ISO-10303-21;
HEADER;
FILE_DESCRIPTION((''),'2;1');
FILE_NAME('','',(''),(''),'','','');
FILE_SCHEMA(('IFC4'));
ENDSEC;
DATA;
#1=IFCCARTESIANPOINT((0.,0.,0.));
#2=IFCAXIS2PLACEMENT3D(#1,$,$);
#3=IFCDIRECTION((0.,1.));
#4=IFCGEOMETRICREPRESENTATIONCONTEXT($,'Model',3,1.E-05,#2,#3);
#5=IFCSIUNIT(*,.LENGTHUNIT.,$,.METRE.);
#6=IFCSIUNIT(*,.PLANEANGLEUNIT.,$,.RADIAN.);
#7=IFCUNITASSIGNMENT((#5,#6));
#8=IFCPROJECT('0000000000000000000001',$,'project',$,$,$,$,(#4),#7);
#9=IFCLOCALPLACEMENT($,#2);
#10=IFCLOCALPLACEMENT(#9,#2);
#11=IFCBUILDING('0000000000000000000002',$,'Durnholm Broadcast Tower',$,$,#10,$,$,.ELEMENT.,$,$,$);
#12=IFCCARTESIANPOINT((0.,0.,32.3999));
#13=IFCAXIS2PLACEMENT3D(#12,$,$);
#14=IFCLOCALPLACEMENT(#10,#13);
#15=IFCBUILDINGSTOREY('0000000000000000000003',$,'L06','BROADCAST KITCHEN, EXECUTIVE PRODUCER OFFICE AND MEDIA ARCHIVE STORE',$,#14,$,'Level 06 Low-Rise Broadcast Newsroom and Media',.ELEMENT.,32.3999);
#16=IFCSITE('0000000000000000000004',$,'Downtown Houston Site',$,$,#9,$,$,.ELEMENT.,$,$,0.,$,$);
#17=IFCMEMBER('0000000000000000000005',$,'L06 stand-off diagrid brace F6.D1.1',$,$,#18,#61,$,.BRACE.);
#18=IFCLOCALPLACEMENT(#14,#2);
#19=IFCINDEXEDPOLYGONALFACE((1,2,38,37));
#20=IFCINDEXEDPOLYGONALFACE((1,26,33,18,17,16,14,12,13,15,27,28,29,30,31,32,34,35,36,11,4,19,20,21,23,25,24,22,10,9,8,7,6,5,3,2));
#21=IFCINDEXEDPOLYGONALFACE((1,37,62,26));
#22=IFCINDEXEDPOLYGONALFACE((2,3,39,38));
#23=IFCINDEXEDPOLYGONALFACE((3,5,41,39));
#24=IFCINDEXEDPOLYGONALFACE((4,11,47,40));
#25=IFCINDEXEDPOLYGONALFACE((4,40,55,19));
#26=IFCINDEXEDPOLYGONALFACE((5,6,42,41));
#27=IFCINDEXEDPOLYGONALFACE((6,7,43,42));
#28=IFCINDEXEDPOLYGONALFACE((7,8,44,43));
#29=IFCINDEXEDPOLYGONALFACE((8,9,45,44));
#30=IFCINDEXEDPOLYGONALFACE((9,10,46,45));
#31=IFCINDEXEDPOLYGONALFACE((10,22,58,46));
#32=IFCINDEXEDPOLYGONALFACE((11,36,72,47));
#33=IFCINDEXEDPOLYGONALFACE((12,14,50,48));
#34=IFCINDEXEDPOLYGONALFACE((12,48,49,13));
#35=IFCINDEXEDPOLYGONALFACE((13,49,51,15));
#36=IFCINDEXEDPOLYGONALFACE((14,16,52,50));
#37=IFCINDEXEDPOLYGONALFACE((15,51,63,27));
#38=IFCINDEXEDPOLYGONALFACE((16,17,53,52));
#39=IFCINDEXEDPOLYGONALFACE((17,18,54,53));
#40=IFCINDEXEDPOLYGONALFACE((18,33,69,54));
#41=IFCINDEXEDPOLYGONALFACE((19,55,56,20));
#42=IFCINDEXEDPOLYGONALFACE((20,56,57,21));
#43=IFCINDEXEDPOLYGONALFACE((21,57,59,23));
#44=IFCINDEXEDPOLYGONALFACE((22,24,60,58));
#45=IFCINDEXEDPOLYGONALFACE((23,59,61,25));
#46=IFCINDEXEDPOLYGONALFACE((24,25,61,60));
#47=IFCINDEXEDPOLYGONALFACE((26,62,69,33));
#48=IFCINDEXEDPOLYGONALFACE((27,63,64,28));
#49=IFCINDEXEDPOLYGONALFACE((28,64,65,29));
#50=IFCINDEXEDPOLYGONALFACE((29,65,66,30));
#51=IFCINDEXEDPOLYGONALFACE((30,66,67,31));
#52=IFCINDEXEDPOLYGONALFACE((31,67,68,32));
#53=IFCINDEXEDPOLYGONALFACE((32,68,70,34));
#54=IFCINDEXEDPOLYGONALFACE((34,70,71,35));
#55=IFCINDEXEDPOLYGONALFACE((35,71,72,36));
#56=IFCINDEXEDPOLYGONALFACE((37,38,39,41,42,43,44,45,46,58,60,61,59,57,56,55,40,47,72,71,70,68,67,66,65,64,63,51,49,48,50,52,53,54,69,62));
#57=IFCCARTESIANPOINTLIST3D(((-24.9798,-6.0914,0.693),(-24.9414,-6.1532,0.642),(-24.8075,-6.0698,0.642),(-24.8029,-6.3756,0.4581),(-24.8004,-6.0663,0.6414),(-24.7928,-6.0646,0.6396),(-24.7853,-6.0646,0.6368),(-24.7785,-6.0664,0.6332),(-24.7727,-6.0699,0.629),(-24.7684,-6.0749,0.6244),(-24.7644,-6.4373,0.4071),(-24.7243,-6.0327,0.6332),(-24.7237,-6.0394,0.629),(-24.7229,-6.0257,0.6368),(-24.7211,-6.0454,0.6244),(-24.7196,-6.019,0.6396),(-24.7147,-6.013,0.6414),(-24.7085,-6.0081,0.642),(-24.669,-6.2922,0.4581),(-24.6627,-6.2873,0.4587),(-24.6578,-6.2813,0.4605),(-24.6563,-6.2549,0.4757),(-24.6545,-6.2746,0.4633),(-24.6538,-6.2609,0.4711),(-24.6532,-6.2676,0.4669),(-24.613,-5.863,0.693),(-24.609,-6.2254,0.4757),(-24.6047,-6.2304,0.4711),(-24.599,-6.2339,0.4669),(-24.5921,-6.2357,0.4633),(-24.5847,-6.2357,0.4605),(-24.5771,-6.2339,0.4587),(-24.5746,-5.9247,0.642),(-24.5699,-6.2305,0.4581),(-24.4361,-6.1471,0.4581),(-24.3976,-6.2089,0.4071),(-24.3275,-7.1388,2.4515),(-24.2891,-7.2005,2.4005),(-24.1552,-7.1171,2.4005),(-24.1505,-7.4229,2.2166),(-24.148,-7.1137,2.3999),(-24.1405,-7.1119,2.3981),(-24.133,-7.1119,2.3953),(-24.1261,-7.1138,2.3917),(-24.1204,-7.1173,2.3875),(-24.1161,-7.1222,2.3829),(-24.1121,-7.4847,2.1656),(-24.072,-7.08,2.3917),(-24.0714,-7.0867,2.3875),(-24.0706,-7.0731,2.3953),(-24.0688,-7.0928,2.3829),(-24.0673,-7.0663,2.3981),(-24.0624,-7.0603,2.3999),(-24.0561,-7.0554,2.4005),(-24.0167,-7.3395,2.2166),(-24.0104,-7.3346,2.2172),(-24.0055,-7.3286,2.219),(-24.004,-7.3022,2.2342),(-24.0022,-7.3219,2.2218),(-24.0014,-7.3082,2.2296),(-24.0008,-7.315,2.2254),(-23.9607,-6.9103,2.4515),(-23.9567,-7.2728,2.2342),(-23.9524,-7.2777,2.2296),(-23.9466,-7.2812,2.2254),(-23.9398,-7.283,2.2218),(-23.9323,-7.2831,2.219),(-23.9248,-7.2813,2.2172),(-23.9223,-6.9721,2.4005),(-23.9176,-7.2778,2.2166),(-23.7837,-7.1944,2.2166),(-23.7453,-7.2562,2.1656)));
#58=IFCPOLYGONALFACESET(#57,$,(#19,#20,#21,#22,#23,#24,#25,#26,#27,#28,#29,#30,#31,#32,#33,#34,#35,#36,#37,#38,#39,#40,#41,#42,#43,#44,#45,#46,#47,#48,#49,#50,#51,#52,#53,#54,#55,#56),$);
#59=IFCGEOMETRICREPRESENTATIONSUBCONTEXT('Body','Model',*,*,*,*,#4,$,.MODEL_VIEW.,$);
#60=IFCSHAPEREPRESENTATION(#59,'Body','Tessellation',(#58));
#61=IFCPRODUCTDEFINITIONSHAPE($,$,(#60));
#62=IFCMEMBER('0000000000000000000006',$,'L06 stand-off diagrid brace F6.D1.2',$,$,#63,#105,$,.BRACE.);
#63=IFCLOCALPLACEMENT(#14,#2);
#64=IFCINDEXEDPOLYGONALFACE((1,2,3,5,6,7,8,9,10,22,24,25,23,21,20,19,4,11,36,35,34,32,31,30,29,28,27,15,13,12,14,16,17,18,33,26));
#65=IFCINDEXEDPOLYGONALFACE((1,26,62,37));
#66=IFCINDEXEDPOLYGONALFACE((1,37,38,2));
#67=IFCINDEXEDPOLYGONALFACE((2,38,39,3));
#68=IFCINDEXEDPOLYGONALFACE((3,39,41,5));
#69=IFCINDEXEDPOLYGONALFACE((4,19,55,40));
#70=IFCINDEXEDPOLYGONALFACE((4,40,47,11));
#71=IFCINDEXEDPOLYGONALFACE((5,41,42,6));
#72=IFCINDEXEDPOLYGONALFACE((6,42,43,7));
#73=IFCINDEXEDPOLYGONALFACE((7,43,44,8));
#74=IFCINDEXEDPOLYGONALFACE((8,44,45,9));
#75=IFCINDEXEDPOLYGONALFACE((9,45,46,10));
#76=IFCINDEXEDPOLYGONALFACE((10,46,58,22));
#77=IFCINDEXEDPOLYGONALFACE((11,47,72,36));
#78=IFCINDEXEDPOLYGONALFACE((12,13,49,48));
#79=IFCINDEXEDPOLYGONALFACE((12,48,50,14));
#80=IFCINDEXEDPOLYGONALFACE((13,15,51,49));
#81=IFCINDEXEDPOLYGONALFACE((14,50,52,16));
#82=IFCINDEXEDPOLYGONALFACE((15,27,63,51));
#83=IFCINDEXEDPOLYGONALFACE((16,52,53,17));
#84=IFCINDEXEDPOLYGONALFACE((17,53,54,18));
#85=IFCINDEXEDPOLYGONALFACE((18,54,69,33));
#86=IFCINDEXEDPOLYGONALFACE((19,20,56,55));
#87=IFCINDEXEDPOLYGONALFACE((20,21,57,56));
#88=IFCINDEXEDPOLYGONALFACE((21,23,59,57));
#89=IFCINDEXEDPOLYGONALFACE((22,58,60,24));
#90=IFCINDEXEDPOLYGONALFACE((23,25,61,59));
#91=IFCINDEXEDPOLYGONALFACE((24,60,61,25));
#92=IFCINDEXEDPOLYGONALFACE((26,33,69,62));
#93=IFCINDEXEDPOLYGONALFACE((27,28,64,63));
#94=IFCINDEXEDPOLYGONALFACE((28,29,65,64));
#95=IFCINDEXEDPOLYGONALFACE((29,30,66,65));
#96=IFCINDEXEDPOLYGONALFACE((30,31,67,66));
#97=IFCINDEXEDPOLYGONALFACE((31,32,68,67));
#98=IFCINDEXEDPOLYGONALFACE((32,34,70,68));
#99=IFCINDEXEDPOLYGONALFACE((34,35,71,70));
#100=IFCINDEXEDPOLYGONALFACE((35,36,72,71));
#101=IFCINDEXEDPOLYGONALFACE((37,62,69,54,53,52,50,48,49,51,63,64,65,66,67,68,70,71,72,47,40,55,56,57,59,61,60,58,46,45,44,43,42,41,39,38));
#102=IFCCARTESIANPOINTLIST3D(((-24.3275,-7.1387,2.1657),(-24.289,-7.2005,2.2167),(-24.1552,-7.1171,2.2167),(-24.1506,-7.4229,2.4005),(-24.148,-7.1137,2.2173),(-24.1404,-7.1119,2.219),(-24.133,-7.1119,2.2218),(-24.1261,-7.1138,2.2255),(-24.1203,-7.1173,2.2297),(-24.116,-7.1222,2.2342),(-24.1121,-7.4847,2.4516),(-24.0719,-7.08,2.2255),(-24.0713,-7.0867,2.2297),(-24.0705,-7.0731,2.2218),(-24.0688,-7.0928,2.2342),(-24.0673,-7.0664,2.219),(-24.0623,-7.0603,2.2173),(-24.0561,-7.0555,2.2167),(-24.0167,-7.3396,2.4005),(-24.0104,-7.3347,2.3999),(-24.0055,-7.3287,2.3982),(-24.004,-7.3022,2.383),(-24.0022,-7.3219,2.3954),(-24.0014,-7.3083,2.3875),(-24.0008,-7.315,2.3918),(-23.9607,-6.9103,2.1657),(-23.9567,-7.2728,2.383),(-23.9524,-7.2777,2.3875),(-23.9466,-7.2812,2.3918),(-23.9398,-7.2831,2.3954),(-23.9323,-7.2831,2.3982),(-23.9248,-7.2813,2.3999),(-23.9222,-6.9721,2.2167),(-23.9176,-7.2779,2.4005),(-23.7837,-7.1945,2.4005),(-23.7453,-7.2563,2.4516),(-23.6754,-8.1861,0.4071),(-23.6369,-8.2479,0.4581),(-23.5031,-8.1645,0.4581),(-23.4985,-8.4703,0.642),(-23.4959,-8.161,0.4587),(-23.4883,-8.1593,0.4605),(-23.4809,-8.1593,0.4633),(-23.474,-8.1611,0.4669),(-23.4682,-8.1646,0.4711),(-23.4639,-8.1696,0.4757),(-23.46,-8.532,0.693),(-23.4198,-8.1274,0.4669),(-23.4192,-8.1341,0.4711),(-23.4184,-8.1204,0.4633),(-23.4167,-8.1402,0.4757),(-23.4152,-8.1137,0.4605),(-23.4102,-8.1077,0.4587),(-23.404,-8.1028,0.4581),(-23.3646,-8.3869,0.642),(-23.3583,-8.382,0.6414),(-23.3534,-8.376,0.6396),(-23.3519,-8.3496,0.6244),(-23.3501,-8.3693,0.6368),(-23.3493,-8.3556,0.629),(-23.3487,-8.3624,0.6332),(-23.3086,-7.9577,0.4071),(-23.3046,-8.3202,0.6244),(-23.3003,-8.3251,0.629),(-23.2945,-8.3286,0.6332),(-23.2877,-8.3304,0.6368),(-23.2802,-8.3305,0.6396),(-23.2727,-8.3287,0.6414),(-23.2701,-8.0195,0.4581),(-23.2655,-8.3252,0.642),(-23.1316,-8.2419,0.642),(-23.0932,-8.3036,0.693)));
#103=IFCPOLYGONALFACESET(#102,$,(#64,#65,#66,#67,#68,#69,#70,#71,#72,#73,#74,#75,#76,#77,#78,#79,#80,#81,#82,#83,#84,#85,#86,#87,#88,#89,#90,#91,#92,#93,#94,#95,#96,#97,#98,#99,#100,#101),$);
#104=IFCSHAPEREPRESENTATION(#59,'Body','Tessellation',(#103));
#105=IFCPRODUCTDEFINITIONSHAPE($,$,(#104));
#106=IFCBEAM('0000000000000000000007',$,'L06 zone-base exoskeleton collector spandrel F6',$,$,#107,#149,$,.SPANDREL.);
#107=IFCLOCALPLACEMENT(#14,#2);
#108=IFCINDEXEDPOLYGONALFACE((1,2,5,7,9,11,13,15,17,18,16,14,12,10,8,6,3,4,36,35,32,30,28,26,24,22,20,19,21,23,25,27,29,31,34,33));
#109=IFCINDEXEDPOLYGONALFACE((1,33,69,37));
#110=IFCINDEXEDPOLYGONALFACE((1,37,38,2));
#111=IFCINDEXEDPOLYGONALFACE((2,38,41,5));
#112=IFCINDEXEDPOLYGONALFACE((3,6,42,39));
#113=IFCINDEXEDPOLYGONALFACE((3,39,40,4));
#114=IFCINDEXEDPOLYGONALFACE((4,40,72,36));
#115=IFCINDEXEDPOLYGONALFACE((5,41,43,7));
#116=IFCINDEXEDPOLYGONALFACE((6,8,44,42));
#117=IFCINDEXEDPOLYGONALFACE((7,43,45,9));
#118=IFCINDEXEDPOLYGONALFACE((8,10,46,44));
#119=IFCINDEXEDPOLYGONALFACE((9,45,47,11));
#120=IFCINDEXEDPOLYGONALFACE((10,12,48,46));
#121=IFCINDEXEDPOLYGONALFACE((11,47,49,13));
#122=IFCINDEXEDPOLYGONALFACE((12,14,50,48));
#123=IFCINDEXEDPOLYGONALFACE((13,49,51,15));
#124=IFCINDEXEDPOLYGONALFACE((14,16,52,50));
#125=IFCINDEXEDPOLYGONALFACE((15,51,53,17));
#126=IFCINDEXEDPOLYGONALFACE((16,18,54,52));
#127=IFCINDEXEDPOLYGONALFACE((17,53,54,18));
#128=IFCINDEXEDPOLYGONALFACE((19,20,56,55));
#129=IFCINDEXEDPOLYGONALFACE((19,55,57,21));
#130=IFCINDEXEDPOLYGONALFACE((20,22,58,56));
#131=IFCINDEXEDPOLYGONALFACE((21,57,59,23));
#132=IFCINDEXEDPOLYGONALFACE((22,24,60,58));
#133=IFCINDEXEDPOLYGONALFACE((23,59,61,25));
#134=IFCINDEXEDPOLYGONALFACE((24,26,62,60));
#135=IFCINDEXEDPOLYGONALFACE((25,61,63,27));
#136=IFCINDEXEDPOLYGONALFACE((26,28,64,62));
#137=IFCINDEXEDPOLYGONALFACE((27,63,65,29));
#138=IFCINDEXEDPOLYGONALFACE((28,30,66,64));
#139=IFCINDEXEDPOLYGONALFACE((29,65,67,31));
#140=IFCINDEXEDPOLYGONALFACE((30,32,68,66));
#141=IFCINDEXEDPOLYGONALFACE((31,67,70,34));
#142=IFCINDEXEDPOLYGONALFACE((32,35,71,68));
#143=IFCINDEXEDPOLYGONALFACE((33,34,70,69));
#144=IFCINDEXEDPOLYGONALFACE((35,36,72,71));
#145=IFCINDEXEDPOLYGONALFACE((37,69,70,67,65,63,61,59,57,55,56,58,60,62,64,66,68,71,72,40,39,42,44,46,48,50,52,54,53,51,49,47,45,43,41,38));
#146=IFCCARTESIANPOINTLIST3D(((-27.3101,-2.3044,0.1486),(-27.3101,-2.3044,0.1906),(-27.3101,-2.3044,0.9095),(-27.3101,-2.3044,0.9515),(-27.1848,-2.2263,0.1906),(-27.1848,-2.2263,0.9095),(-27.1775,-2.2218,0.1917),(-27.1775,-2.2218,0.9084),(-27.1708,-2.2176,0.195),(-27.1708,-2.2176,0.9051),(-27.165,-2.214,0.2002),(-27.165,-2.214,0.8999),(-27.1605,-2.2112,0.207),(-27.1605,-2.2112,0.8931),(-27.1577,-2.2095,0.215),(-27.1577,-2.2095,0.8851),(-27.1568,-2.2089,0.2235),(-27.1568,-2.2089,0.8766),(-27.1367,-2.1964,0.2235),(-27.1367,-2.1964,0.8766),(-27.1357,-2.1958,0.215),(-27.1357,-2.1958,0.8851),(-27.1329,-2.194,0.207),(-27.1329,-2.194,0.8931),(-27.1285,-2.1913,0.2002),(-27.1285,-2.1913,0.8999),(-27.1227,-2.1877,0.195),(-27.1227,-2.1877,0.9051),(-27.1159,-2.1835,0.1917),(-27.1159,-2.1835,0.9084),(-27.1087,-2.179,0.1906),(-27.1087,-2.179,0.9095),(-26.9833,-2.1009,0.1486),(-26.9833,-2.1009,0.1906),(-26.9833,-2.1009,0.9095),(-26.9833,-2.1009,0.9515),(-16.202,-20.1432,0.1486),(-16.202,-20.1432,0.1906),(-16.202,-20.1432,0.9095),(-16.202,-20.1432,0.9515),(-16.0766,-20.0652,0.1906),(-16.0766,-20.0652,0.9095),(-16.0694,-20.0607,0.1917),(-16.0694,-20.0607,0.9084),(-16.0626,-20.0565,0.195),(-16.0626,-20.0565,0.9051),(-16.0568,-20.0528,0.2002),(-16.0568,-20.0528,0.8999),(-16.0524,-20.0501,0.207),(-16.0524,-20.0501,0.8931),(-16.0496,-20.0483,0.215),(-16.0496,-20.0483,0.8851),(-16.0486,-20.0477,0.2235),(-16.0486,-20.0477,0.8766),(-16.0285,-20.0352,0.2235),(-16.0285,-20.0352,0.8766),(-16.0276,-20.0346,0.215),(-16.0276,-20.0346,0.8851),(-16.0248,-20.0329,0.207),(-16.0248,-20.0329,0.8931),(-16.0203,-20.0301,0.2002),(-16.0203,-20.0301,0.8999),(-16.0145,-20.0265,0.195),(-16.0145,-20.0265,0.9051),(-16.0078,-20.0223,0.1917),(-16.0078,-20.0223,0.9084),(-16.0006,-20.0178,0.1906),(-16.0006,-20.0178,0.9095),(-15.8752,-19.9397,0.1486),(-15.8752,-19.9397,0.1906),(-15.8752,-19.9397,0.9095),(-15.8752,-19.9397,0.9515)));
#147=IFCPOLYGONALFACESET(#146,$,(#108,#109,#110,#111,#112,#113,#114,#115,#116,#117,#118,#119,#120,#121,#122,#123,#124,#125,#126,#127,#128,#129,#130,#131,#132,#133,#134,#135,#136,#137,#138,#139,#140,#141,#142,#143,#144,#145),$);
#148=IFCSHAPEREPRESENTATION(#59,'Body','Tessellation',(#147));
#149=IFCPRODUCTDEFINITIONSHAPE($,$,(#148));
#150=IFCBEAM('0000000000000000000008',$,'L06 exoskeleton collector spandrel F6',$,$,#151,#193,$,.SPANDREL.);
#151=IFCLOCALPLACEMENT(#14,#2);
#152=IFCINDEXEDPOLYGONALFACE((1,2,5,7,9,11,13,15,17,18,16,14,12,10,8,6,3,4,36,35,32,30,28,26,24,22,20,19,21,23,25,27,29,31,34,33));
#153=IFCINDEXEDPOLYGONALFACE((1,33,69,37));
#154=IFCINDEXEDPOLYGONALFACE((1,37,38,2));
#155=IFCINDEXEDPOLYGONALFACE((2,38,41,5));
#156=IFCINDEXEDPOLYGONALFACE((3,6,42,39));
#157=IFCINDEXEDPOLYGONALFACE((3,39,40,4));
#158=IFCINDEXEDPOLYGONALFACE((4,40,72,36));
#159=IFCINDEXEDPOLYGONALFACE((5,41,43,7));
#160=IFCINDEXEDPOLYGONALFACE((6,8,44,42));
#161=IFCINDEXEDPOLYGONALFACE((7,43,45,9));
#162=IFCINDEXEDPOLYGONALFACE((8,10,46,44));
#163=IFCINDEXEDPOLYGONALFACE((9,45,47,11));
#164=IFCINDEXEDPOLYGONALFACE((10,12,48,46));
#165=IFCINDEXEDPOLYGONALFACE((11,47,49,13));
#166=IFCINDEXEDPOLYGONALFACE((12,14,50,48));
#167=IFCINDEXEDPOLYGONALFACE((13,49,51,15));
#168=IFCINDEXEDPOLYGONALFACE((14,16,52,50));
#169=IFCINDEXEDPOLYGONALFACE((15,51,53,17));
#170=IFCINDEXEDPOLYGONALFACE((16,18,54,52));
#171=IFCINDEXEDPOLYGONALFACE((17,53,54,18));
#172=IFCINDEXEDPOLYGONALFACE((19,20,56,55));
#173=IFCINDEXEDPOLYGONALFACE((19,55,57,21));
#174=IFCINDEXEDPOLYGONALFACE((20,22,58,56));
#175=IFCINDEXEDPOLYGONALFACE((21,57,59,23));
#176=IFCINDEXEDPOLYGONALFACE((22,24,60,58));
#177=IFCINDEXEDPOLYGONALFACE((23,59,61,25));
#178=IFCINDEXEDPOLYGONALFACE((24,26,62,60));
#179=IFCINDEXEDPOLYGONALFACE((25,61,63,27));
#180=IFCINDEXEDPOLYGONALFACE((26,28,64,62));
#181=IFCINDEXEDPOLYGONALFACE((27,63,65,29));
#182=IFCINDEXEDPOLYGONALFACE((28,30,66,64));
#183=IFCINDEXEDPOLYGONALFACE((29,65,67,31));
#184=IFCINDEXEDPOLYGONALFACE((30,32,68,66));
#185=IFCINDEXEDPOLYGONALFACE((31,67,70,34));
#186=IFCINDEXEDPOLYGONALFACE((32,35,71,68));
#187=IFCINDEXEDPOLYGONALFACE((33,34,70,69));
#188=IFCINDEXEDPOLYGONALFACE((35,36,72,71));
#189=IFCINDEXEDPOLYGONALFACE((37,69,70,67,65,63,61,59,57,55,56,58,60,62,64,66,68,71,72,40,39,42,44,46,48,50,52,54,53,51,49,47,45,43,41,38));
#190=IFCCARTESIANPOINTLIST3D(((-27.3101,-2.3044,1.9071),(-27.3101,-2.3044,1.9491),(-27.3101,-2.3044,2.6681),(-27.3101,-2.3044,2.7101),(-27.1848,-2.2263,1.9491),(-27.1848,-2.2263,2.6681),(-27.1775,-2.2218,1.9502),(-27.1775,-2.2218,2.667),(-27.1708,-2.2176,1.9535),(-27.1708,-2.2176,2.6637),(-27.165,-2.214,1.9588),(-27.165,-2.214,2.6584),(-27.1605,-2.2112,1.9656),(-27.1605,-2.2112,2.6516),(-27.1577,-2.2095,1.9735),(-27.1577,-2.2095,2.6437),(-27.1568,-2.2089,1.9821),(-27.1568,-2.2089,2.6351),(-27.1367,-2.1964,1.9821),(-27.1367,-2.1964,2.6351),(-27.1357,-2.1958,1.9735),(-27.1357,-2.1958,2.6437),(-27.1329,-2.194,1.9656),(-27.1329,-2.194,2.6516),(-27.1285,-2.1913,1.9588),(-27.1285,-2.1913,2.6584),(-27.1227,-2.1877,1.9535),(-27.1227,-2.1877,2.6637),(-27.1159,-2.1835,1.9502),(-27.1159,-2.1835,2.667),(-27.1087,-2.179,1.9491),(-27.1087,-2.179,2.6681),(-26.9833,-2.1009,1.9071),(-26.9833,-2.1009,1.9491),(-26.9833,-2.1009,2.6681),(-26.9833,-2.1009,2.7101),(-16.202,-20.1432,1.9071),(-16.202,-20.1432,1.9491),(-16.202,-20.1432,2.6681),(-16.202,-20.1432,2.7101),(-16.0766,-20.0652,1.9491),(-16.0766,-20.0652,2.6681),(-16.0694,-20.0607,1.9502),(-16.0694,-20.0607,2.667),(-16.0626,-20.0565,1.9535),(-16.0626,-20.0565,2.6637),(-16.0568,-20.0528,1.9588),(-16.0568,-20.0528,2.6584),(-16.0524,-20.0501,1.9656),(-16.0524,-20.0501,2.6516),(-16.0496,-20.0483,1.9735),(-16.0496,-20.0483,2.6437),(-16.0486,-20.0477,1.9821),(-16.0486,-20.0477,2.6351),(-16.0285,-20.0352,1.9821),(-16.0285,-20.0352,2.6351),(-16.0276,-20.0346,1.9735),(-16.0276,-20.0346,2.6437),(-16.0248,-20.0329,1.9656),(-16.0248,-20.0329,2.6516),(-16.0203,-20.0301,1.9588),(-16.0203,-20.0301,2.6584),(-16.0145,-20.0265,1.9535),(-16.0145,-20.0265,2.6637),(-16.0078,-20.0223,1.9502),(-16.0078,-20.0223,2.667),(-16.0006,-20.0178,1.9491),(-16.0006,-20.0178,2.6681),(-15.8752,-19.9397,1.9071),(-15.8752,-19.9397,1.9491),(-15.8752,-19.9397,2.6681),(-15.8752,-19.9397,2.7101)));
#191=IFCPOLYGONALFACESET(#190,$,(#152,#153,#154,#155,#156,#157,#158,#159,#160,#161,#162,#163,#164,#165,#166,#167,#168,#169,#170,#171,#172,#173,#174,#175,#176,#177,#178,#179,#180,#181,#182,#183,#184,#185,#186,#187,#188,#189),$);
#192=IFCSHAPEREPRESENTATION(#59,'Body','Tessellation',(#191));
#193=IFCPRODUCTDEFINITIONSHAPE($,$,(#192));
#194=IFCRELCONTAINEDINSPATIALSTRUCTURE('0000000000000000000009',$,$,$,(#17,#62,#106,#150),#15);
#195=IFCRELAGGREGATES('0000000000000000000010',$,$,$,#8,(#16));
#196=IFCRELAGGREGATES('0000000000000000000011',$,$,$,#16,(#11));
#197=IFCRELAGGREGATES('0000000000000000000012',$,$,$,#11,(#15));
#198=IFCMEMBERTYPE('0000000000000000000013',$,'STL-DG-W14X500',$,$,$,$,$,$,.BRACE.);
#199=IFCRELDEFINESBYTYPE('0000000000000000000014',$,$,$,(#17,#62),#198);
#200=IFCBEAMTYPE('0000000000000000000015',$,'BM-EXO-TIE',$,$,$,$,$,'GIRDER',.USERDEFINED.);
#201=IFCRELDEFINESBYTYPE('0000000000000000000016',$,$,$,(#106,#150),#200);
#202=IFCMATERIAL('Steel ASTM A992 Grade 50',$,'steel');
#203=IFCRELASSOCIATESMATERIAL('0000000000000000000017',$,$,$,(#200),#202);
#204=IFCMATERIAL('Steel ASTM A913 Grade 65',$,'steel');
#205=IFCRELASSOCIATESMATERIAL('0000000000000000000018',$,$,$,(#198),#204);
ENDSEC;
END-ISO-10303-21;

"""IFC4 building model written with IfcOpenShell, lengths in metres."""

from ifc_helpers import new_model, si_unit, direction, frame, origin, origin_2d, place, context, subcontext, project, spatial, i_section, extrude, source, transform, mapped, material, material_profile, profile_set, type_object, type_shapes, element, save


model = new_model("IFC4")

# Units and contexts
model_context = context("Model", 3, precision=1e-05, world=origin(), true_north=direction((0.0, 1.0)))
body_context = subcontext(model_context, "Body", "Model", "MODEL_VIEW")
ifc_project = project(units=[si_unit("LENGTHUNIT", "METRE"), si_unit("PLANEANGLEUNIT", "RADIAN")], contexts=[model_context])

# Site, building, storey
site_placement = place(None, origin())
site = spatial("IfcSite", under=ifc_project, at=site_placement, Name="Downtown Houston Site", CompositionType="ELEMENT", RefElevation=0.0)
building_placement = place(site_placement, origin())
building = spatial("IfcBuilding", under=site, at=building_placement, Name="Durnholm Broadcast Tower", CompositionType="ELEMENT")
storey_placement = place(building_placement, frame((0.0, 0.0, 32.3999)))
storey = spatial("IfcBuildingStorey", under=building, at=storey_placement, Name="L06", Description="BROADCAST KITCHEN, EXECUTIVE PRODUCER OFFICE AND MEDIA ARCHIVE STORE", LongName="Level 06 Low-Rise Broadcast Newsroom and Media", CompositionType="ELEMENT", Elevation=32.3999)

# Shared definitions
ifc_material_1 = material(Name="Steel ASTM A992 Grade 50", Category="steel")
ifc_material_profile_1 = material_profile(ifc_material_1, i_section(OverallWidth=0.385, OverallDepth=0.803, WebThickness=0.0237, FlangeThickness=0.042, FilletRadius=0.033, at=origin_2d()), Name="W30X261")
ifc_profile_set_1 = profile_set([ifc_material_profile_1], Name="Steel ASTM A992 Grade 50")
beam_type_1 = type_object("IfcBeamType", Name="BM-EXO-TIE", ElementType="GIRDER", PredefinedType="USERDEFINED", material=ifc_profile_set_1)

# Members
ifc_material_2 = material(Name="Steel ASTM A913 Grade 65", Category="steel")
ifc_material_profile_2 = material_profile(ifc_material_2, i_section(OverallWidth=0.4321, OverallDepth=0.4978, WebThickness=0.0557, FlangeThickness=0.0889, FilletRadius=0.0305, at=origin_2d()), Name="W14X500")
ifc_profile_set_2 = profile_set([ifc_material_profile_2], Name="Steel ASTM A913 Grade 65")
member_type_1 = type_object("IfcMemberType", Name="STL-DG-W14X500", PredefinedType="BRACE", material=ifc_profile_set_2)
shared_shape_1 = source(origin(), body_context, "Body", "SweptSolid", [
    extrude(i_section(OverallWidth=0.4321, OverallDepth=0.4978, WebThickness=0.0557, FlangeThickness=0.0889, FilletRadius=0.0305, at=origin_2d()), origin(), (0.0, 0.0, 1.0), 2.1482),
])
type_shapes(member_type_1, [shared_shape_1])
for number, where, z_axis, x_axis, name in (
    (1, (-24.6887, -6.1501, 0.55), (0.303662, -0.487541, 0.818592), (0.84882, 0.528682, 0.0), "L06 stand-off diagrid brace F6.D1.1"),
    (2, (-23.3843, -8.2449, 0.55), (-0.303559, 0.487558, 0.81862), (-0.848909, -0.52854, 0.0), "L06 stand-off diagrid brace F6.D1.2"),
):
    element("IfcMember", number, at=place(storey_placement, frame(where, z_axis=z_axis, x_axis=x_axis)), inside=storey, type_object=member_type_1, Name=name, PredefinedType="BRACE", context=body_context, shape_type="MappedRepresentation", body=[
        mapped(shared_shape_1, transform((0.0, 0.0, 0.0), x_axis=(1.0, 0.0, 0.0), y_axis=(0.0, 1.0, 0.0), z_axis=(0.0, 0.0, 1.0), scale=1.0)),
    ])

# Beams
shared_shape_2 = source(origin(), body_context, "Body", "SweptSolid", [
    extrude(i_section(OverallWidth=0.385, OverallDepth=0.803, WebThickness=0.0237, FlangeThickness=0.042, FilletRadius=0.033, at=origin_2d()), origin(), (0.0, 0.0, 1.0), 21.0146),
])
for number, where, z_axis, x_axis, name in (
    (3, (-27.1467, -2.2026, 0.55), (0.528591, -0.848877, 0.0), (0.848877, 0.528591, 0.0), "L06 zone-base exoskeleton collector spandrel F6"),
    (4, (-27.1467, -2.2026, 2.3086), (0.528591, -0.848877, 0.0), (0.848877, 0.528591, 0.0), "L06 exoskeleton collector spandrel F6"),
):
    element("IfcBeam", number, at=place(storey_placement, frame(where, z_axis=z_axis, x_axis=x_axis)), inside=storey, type_object=beam_type_1, Name=name, PredefinedType="SPANDREL", context=body_context, shape_type="MappedRepresentation", body=[
        mapped(shared_shape_2, transform((0.0, 0.0, 0.0), x_axis=(1.0, 0.0, 0.0), y_axis=(0.0, 1.0, 0.0), z_axis=(0.0, 0.0, 1.0), scale=1.0)),
    ])

save(model, "model.ifc")
